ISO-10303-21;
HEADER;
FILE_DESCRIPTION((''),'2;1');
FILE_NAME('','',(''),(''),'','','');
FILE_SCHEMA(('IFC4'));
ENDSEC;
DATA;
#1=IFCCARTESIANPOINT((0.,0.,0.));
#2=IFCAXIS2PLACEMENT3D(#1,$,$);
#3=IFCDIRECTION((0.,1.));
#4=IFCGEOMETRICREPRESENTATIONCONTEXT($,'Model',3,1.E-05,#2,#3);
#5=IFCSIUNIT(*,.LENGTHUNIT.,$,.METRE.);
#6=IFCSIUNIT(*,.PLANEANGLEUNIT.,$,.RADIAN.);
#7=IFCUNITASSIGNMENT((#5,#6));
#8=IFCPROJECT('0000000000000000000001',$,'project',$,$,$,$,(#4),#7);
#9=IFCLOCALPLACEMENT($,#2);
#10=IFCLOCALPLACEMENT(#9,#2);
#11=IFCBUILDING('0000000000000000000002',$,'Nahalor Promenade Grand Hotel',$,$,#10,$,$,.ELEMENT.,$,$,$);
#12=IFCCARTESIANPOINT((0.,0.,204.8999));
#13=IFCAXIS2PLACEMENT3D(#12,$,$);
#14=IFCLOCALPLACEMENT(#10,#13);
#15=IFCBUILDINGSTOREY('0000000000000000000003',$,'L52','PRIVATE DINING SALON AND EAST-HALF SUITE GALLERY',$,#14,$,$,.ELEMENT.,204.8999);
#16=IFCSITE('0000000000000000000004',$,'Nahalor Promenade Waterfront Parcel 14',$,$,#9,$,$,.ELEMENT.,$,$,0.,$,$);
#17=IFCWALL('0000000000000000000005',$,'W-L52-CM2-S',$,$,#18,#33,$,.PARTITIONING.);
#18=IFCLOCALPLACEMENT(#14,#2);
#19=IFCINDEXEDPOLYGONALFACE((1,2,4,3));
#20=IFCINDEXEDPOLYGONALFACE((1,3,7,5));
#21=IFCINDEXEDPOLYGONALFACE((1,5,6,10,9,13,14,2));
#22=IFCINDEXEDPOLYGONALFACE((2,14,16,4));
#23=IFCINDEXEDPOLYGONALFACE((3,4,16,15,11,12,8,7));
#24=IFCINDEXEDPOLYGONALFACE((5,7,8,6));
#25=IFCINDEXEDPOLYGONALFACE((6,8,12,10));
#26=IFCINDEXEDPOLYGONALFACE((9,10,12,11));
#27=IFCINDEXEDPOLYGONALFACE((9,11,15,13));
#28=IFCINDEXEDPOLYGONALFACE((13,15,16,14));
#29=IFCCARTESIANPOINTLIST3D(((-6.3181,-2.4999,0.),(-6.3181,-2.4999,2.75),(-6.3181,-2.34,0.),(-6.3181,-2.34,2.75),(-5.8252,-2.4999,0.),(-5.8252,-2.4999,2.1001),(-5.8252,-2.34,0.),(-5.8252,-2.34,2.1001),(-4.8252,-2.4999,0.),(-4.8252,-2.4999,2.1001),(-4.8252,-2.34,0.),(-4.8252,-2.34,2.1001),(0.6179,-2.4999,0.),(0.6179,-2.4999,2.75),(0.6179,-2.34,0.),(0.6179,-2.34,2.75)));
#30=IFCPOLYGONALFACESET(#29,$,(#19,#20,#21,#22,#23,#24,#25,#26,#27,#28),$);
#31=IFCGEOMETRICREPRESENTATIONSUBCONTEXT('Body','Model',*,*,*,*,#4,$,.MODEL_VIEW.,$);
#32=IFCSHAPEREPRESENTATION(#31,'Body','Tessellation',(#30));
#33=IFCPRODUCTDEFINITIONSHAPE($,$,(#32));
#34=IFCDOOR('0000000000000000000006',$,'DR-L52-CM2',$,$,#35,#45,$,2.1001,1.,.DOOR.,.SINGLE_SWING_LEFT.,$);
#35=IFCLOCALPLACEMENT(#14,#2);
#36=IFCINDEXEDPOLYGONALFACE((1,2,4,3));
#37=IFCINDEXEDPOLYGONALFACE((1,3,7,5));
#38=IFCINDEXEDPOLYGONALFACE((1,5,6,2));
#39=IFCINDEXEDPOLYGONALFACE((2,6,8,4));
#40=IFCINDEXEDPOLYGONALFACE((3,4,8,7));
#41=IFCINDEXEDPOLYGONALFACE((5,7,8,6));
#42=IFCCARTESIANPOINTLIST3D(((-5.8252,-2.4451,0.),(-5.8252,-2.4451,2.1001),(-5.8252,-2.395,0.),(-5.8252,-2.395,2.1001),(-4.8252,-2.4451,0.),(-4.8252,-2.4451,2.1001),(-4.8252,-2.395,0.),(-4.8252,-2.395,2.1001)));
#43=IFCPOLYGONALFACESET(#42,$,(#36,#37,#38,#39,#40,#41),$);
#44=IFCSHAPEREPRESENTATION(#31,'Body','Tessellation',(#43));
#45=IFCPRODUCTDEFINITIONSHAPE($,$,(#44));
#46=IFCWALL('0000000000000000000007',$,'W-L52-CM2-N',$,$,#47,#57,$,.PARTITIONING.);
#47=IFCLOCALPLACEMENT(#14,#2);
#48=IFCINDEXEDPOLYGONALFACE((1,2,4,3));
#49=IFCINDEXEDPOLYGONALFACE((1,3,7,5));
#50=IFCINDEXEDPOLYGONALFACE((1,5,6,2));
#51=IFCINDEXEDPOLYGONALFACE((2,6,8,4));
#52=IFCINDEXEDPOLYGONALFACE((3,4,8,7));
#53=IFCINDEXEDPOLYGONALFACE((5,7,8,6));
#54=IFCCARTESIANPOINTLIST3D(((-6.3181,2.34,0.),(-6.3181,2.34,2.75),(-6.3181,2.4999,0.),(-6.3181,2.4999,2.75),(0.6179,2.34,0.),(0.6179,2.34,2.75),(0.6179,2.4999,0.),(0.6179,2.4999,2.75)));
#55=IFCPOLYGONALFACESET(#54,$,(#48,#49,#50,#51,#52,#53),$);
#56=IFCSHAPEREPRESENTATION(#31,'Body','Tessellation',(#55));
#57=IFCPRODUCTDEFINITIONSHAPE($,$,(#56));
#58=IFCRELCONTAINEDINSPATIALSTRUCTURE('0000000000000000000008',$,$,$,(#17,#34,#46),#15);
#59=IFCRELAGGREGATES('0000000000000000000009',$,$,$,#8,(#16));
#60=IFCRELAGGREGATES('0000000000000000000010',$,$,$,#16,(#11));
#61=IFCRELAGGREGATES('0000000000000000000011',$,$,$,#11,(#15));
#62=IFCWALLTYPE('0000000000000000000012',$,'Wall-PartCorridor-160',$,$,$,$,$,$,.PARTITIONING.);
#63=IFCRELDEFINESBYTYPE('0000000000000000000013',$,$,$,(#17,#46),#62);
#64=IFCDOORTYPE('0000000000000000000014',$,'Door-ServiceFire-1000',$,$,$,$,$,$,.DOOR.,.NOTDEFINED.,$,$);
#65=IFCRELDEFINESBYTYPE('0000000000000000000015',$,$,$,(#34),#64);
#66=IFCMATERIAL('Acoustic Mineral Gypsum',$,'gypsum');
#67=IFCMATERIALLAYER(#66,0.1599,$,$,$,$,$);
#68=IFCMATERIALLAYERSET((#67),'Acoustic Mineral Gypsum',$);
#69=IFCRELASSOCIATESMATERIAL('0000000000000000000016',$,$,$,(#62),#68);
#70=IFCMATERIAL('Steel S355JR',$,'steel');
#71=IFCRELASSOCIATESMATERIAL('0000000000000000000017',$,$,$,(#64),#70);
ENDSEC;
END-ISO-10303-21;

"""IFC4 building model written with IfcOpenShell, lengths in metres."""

from ifc_helpers import new_model, si_unit, direction, frame, frame_2d, origin, place, context, subcontext, project, spatial, rectangle, extrude, source, transform, mapped, material, layer, layer_set, type_object, element, fill, save


model = new_model("IFC4")

# Units and contexts
model_context = context("Model", 3, precision=1e-05, world=origin(), true_north=direction((0.0, 1.0)))
body_context = subcontext(model_context, "Body", "Model", "MODEL_VIEW")
ifc_project = project(units=[si_unit("LENGTHUNIT", "METRE"), si_unit("PLANEANGLEUNIT", "RADIAN")], contexts=[model_context])

# Site, building, storey
site_placement = place(None, origin())
site = spatial("IfcSite", under=ifc_project, at=site_placement, Name="Nahalor Promenade Waterfront Parcel 14", CompositionType="ELEMENT", RefElevation=0.0)
building_placement = place(site_placement, origin())
building = spatial("IfcBuilding", under=site, at=building_placement, Name="Nahalor Promenade Grand Hotel", CompositionType="ELEMENT")
storey_placement = place(building_placement, frame((0.0, 0.0, 204.8999)))
storey = spatial("IfcBuildingStorey", under=building, at=storey_placement, Name="L52", Description="PRIVATE DINING SALON AND EAST-HALF SUITE GALLERY", CompositionType="ELEMENT", Elevation=204.8999)

# Shared definitions
ifc_material_1 = material(Name="Steel S355JR", Category="steel")

# Shared definitions
ifc_material_2 = material(Name="Acoustic Mineral Gypsum", Category="gypsum")
ifc_layer_1 = layer(ifc_material_2, 0.1599)
ifc_layer_set_1 = layer_set([ifc_layer_1], Name="Acoustic Mineral Gypsum")
wall_type_1 = type_object("IfcWallType", Name="Wall-PartCorridor-160", PredefinedType="PARTITIONING", material=ifc_layer_set_1)

# Wall, opening, door
door_type_1 = type_object("IfcDoorType", Name="Door-ServiceFire-1000", OperationType="NOTDEFINED", PredefinedType="DOOR", material=ifc_material_1)
shared_shape_1 = source(origin(), body_context, "Body", "SweptSolid", [
    extrude(rectangle(XDim=1.0, YDim=2.1001, at=frame_2d((0.5, 1.05))), frame((0.0, 0.0249, 0.0), z_axis=(0.0, -1.0, 0.0), x_axis=(1.0, 0.0, 0.0)), (0.0, 0.0, 1.0), 0.05),
])
shared_shape_2 = source(origin(), body_context, "Body", "SweptSolid", [
    extrude(rectangle(XDim=6.936, YDim=0.1599, at=frame_2d((3.468, 0.0))), origin(), (0.0, 0.0, 1.0), 2.75),
])
wall_1_placement = place(storey_placement, frame((-6.3181, -2.4199, 0.0), z_axis=(0.0, 0.0, 1.0), x_axis=(1.0, 0.0, 0.0)))
wall_1 = element("IfcWall", 1, at=wall_1_placement, inside=storey, type_object=wall_type_1, Name="W-L52-CM2-S", PredefinedType="PARTITIONING", context=body_context, shape_type="MappedRepresentation", body=[
    mapped(shared_shape_2, transform((0.0, 0.0, 0.0), scale=1.0)),
])
opening_1_placement = place(wall_1_placement, frame((0.4929, 0.0, 0.0)))
opening_1 = element("IfcOpeningElement", 2, at=opening_1_placement, cuts=wall_1, PredefinedType="OPENING", context=body_context, shape_type="SweptSolid", body=[
    extrude(rectangle(XDim=1.0, YDim=2.1001, at=frame_2d((0.5, 1.05))), frame((0.0, 0.0898, 0.0), z_axis=(0.0, -1.0, 0.0), x_axis=(1.0, 0.0, 0.0)), (0.0, 0.0, 1.0), 0.1799),
])
door_1_placement = place(opening_1_placement, origin())
door_1 = element("IfcDoor", 3, at=door_1_placement, inside=storey, type_object=door_type_1, Name="DR-L52-CM2", OperationType="SINGLE_SWING_LEFT", OverallHeight=2.1001, OverallWidth=1.0, PredefinedType="DOOR", context=body_context, shape_type="MappedRepresentation", body=[
    mapped(shared_shape_1, transform((0.0, 0.0, 0.0), scale=1.0)),
])
fill(opening_1, door_1)

# Wall
wall_2_placement = place(storey_placement, frame((-6.3181, 2.4199, 0.0), z_axis=(0.0, 0.0, 1.0), x_axis=(1.0, 0.0, 0.0)))
element("IfcWall", 4, at=wall_2_placement, inside=storey, type_object=wall_type_1, Name="W-L52-CM2-N", PredefinedType="PARTITIONING", context=body_context, shape_type="MappedRepresentation", body=[
    mapped(shared_shape_2, transform((0.0, 0.0, 0.0), scale=1.0)),
])

save(model, "model.ifc")
